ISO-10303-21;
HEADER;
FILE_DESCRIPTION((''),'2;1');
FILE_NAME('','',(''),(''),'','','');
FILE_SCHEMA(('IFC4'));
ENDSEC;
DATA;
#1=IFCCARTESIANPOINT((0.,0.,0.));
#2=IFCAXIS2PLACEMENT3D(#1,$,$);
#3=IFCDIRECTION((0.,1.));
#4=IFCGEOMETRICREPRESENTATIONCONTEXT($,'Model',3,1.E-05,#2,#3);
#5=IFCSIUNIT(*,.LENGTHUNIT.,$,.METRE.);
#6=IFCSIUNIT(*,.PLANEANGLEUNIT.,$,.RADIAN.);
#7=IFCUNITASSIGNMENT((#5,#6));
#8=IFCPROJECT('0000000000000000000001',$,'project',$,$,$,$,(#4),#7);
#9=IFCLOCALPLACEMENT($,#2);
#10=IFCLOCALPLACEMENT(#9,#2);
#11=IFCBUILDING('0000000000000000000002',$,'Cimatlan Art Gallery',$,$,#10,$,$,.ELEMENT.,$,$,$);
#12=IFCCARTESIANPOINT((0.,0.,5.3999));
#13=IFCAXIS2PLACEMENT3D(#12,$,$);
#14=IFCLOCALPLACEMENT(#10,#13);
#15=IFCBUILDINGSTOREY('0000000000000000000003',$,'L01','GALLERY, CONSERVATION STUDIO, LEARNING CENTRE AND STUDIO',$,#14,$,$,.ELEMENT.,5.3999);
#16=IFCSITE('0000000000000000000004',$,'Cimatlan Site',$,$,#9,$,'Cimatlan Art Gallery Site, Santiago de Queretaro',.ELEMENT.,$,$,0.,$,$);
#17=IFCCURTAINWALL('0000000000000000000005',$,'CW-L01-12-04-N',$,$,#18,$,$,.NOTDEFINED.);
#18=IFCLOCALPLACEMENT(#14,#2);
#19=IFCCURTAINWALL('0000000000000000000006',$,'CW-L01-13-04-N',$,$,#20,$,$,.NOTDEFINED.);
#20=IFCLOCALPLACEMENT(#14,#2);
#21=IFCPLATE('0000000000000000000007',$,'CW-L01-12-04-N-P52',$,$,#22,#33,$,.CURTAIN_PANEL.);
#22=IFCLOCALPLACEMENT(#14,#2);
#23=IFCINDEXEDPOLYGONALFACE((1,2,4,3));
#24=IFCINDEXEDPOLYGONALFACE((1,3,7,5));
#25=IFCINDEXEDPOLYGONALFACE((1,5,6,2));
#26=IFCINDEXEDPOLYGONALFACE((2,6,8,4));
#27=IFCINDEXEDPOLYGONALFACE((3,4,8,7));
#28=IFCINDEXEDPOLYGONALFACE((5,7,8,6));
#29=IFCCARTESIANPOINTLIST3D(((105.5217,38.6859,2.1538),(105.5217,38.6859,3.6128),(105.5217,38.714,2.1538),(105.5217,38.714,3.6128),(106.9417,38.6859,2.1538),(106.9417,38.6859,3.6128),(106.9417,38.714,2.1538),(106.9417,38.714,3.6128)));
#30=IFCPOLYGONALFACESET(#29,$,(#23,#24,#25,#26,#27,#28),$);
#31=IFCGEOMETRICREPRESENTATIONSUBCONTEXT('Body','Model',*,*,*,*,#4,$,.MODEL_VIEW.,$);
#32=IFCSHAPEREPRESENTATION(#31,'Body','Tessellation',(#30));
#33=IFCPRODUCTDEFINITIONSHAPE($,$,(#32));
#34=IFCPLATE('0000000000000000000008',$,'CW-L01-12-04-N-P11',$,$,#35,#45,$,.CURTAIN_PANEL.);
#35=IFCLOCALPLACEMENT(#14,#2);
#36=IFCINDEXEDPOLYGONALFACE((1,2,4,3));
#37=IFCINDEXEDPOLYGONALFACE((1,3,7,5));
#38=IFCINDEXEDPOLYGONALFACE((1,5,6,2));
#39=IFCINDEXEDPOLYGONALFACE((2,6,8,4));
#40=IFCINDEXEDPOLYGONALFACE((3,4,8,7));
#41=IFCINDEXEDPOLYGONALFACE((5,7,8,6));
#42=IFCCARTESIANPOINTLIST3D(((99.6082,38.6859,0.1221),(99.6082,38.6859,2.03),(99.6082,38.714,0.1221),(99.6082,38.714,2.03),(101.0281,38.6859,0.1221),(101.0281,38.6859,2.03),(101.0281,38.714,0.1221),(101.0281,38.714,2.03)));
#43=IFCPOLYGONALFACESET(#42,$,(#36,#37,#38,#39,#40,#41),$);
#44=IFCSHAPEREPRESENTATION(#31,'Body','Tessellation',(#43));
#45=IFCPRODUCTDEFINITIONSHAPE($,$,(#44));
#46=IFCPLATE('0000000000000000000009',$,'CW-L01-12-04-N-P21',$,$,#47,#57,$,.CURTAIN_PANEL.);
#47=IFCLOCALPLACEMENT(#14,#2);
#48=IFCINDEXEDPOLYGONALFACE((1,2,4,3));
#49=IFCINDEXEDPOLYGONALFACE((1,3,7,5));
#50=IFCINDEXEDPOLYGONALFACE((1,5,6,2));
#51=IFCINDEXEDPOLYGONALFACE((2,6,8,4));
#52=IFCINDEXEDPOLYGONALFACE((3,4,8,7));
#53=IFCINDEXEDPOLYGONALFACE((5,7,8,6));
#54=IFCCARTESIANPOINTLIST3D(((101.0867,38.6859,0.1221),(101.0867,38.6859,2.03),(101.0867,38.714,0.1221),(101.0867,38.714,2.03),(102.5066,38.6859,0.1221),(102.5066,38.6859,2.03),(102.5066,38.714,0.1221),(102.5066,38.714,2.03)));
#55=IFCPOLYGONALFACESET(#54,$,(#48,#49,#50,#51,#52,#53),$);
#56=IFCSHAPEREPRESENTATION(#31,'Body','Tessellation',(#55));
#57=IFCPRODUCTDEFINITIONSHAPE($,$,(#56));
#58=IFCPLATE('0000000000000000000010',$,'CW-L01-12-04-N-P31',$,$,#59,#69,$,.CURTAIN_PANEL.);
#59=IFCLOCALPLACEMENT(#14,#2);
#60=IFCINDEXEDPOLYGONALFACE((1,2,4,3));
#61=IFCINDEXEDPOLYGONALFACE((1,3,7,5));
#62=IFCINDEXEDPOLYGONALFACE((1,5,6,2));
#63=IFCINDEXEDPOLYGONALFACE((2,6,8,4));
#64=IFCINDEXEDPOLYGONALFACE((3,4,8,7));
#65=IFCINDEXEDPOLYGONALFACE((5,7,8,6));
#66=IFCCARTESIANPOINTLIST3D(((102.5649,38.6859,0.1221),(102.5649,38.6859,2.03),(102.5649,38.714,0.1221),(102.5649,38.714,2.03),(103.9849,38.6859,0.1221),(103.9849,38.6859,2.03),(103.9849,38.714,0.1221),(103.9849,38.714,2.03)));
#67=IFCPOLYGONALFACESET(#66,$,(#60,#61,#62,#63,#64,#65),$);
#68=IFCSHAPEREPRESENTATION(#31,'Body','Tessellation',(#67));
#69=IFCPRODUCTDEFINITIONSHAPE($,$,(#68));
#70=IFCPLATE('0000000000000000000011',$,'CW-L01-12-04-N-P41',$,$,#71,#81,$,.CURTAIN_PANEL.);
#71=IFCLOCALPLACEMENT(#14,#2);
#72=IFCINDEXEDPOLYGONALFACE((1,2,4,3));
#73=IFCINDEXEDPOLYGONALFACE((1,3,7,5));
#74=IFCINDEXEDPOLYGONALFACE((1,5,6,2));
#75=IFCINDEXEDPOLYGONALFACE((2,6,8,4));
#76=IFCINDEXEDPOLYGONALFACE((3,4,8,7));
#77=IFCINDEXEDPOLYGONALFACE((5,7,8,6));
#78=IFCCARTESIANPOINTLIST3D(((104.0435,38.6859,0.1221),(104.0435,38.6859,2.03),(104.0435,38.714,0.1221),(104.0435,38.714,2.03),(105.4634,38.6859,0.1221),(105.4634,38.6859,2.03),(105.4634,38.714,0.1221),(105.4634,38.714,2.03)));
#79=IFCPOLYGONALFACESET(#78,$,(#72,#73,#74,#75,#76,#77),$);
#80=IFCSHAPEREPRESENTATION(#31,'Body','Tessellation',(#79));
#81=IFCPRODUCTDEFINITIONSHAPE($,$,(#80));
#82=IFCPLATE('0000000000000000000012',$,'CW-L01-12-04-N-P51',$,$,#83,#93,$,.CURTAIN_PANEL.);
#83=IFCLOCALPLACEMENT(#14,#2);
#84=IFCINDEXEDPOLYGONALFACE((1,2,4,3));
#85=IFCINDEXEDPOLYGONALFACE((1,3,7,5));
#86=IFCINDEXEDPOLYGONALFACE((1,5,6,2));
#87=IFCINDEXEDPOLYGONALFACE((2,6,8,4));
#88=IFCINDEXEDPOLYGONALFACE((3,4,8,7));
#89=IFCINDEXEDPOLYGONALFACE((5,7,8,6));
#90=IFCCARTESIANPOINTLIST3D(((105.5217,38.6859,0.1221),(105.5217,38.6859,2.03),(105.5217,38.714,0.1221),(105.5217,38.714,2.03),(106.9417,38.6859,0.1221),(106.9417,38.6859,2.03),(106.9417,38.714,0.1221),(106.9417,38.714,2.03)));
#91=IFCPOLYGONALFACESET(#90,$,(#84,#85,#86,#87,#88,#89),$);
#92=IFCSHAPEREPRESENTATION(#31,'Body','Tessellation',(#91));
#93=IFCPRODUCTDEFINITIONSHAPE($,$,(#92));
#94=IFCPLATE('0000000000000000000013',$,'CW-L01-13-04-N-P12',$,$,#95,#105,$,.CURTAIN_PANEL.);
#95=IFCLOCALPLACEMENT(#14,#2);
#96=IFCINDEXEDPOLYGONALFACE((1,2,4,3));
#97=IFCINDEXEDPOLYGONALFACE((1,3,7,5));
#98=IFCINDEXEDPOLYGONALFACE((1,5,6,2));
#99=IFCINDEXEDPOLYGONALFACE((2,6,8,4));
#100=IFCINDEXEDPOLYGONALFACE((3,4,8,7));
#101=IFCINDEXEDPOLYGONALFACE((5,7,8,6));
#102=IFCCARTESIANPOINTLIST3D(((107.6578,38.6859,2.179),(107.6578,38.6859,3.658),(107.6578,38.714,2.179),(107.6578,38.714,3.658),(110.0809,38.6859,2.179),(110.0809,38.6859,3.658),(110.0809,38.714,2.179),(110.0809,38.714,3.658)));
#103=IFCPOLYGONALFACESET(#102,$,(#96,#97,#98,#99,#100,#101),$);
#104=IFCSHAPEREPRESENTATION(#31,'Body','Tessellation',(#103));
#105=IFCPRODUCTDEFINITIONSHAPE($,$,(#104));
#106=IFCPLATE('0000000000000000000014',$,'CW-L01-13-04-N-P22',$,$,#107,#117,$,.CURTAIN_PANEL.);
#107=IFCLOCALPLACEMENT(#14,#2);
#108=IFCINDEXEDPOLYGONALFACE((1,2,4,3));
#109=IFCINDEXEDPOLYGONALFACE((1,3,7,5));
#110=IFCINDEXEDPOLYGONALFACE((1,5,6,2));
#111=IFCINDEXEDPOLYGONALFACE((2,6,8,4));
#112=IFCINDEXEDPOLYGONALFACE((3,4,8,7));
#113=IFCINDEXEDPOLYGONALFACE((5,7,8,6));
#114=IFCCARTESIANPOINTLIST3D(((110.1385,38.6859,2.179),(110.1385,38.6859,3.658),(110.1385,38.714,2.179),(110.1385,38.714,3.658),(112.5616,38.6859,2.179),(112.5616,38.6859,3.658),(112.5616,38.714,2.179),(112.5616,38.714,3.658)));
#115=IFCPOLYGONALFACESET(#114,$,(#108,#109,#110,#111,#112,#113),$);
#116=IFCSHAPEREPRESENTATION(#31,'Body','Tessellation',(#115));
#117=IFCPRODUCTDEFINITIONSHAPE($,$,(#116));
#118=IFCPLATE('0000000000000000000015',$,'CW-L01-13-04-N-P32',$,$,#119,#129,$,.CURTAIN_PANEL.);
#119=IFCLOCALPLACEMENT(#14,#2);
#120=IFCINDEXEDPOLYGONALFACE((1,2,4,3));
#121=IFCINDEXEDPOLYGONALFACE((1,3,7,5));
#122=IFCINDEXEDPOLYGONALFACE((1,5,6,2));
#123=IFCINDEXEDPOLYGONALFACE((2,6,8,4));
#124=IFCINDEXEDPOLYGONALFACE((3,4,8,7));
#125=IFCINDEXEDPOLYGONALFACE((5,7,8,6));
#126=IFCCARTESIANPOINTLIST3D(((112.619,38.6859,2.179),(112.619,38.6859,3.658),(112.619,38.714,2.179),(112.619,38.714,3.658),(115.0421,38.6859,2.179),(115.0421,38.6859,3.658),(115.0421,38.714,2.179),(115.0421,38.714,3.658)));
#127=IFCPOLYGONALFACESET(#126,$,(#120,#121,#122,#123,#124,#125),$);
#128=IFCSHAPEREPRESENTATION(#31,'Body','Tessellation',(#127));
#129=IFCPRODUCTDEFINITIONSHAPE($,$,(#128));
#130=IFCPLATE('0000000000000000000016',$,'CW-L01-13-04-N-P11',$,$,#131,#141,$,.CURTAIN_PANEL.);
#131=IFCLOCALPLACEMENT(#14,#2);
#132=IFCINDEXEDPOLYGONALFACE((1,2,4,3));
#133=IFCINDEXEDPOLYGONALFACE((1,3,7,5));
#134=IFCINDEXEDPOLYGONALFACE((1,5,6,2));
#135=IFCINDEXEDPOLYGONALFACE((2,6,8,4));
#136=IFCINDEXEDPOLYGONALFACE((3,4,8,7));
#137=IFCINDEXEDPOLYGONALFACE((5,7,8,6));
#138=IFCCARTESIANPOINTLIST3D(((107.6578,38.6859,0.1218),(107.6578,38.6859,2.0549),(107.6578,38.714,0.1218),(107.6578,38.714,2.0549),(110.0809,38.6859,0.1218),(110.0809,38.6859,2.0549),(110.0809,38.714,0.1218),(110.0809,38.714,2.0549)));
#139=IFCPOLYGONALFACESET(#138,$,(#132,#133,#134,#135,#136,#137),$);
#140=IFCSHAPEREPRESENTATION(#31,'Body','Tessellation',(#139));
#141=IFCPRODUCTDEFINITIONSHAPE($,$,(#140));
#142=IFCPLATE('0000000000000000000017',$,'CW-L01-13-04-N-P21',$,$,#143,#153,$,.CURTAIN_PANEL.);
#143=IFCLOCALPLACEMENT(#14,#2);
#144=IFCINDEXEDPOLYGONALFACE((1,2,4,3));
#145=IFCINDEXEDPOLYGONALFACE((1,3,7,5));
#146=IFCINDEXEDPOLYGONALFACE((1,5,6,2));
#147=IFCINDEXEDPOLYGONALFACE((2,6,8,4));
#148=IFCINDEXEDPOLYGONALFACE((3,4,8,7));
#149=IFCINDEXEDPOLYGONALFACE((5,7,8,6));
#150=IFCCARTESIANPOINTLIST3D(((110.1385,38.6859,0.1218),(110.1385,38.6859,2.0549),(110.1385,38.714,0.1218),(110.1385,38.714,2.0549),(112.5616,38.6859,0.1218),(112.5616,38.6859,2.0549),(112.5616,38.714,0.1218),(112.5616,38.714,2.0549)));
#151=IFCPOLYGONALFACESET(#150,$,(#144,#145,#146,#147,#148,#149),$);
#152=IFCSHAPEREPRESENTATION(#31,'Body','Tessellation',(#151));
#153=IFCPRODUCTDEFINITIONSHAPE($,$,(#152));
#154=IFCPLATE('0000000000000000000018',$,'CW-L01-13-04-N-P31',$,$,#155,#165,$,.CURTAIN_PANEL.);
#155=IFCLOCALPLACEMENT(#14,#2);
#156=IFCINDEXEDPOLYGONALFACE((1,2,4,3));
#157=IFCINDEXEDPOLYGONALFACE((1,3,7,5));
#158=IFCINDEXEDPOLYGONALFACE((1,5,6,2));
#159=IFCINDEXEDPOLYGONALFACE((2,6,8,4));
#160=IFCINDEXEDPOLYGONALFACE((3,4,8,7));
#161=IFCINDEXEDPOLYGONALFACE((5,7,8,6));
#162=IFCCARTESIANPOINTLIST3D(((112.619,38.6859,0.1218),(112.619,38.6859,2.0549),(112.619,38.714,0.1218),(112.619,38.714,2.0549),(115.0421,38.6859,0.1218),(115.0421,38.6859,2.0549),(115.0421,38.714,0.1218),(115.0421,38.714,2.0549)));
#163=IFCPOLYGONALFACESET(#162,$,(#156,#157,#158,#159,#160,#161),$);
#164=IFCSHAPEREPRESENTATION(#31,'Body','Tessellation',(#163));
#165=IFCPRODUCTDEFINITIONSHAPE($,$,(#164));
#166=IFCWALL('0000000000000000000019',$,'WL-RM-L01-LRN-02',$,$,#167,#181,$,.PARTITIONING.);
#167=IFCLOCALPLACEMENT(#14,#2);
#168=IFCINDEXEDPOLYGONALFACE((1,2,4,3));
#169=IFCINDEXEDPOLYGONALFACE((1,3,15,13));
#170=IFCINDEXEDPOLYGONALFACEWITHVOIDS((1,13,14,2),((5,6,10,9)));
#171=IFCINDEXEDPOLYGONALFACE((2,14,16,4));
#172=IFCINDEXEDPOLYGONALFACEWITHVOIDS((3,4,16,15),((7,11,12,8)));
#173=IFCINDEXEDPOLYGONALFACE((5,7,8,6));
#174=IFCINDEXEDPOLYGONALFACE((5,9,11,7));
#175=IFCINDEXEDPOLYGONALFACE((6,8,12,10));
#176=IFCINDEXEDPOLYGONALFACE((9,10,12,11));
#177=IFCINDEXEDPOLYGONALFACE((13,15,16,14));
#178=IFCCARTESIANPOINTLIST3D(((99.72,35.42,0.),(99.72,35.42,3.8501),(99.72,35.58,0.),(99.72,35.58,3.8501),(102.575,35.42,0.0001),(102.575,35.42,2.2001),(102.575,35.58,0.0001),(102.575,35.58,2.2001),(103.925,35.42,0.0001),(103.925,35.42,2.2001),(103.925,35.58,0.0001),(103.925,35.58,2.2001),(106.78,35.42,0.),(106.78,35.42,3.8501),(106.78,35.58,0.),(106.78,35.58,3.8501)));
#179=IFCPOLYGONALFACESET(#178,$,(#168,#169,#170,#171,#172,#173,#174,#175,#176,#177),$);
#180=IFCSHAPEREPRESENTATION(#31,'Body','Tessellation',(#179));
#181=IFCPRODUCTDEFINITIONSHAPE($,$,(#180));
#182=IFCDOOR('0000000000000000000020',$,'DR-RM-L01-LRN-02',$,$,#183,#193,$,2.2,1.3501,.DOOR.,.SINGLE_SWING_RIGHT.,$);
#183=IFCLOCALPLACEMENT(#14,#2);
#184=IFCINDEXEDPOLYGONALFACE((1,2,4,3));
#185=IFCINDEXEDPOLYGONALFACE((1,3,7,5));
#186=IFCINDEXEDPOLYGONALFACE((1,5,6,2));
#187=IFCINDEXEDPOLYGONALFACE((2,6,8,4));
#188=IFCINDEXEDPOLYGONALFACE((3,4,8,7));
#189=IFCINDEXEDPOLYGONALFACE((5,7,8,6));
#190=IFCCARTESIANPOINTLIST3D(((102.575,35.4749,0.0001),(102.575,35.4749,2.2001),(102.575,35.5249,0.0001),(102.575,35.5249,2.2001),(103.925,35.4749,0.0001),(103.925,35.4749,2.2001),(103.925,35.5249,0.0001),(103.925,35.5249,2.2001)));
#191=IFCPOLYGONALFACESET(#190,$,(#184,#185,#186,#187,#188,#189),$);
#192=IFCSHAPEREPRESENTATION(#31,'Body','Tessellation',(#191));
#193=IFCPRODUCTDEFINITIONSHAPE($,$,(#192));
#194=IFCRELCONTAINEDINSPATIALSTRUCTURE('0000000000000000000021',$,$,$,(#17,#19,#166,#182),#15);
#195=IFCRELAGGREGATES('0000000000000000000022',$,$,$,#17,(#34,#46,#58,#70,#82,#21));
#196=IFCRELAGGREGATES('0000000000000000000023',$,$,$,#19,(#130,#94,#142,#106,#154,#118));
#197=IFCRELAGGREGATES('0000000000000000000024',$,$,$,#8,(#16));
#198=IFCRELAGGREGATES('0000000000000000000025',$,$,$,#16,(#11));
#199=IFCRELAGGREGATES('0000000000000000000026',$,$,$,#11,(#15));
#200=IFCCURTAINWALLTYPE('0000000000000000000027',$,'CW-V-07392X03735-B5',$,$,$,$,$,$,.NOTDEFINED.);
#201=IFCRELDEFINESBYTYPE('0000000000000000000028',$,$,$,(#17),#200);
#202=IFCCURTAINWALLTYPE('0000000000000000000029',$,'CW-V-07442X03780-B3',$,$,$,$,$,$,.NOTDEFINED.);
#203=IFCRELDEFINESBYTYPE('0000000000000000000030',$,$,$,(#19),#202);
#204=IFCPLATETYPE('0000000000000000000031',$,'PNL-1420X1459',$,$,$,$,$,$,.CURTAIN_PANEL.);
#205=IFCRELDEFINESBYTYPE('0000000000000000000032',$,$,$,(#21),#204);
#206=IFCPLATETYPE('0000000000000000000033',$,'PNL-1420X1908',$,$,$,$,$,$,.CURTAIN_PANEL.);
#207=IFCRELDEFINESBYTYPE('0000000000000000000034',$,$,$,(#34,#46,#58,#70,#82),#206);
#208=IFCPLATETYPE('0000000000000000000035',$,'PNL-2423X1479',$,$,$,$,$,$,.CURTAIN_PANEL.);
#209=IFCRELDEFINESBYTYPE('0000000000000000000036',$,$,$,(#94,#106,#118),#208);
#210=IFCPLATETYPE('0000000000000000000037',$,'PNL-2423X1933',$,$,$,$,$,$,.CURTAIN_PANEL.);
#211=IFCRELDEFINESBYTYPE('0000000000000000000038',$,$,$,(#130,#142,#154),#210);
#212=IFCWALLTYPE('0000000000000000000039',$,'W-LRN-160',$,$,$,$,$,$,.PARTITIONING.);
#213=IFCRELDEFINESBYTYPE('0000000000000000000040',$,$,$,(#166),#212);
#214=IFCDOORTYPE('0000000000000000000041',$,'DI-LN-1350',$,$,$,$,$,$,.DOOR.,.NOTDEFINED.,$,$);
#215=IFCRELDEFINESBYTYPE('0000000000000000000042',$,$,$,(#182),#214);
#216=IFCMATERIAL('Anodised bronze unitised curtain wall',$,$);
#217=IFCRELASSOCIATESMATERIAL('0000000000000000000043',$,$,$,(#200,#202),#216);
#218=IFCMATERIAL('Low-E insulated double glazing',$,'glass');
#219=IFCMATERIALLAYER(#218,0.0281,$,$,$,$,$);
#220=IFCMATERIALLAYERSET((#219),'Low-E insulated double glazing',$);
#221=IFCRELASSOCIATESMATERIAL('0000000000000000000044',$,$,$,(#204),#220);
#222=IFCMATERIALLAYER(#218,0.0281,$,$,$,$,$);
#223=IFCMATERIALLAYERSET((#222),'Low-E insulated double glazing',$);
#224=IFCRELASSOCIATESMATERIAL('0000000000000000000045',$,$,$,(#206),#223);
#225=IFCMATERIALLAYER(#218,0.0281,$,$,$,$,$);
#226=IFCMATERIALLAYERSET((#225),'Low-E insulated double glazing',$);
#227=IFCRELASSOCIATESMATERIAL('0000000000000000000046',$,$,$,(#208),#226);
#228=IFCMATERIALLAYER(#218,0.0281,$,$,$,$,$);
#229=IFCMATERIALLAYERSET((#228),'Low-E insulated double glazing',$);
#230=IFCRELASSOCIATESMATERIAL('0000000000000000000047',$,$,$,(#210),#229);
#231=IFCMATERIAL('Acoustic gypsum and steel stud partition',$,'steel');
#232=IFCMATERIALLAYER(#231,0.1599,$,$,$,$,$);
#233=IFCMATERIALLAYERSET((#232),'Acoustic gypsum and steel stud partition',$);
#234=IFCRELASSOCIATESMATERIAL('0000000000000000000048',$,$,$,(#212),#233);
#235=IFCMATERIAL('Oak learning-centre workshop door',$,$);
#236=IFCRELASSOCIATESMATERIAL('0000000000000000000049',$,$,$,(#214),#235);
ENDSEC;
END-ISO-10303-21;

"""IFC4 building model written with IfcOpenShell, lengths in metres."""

from ifc_helpers import new_model, si_unit, direction, frame, frame_2d, origin, origin_2d, place, context, subcontext, project, spatial, rectangle, extrude, material, layer, layer_set, type_object, element, fill, aggregate, save


model = new_model("IFC4")

# Units and contexts
model_context = context("Model", 3, precision=1e-05, world=origin(), true_north=direction((0.0, 1.0)))
body_context = subcontext(model_context, "Body", "Model", "MODEL_VIEW")
ifc_project = project(units=[si_unit("LENGTHUNIT", "METRE"), si_unit("PLANEANGLEUNIT", "RADIAN")], contexts=[model_context])

# Site, building, storey
site_placement = place(None, origin())
site = spatial("IfcSite", under=ifc_project, at=site_placement, Name="Cimatlan Site", LongName="Cimatlan Art Gallery Site, Santiago de Queretaro", CompositionType="ELEMENT", RefElevation=0.0)
building_placement = place(site_placement, origin())
building = spatial("IfcBuilding", under=site, at=building_placement, Name="Cimatlan Art Gallery", CompositionType="ELEMENT")
storey_placement = place(building_placement, frame((0.0, 0.0, 5.3999)))
storey = spatial("IfcBuildingStorey", under=building, at=storey_placement, Name="L01", Description="GALLERY, CONSERVATION STUDIO, LEARNING CENTRE AND STUDIO", CompositionType="ELEMENT", Elevation=5.3999)

# Curtain walls
ifc_material_1 = material(Name="Anodised bronze unitised curtain wall")
curtain_wall_type_1 = type_object("IfcCurtainWallType", Name="CW-V-07392X03735-B5", PredefinedType="NOTDEFINED", material=ifc_material_1)
curtain_wall_1_placement = place(storey_placement, origin())
curtain_wall_1 = element("IfcCurtainWall", 1, at=curtain_wall_1_placement, inside=storey, type_object=curtain_wall_type_1, Name="CW-L01-12-04-N", PredefinedType="NOTDEFINED")
curtain_wall_type_2 = type_object("IfcCurtainWallType", Name="CW-V-07442X03780-B3", PredefinedType="NOTDEFINED", material=ifc_material_1)
curtain_wall_2_placement = place(storey_placement, origin())
curtain_wall_2 = element("IfcCurtainWall", 2, at=curtain_wall_2_placement, inside=storey, type_object=curtain_wall_type_2, Name="CW-L01-13-04-N", PredefinedType="NOTDEFINED")

# Plates
ifc_material_2 = material(Name="Low-E insulated double glazing", Category="glass")
ifc_layer_1 = layer(ifc_material_2, 0.0281)
ifc_layer_set_1 = layer_set([ifc_layer_1], Name="Low-E insulated double glazing")
plate_type_1 = type_object("IfcPlateType", Name="PNL-1420X1459", PredefinedType="CURTAIN_PANEL", material=ifc_layer_set_1)
plate_1_placement = place(storey_placement, frame((106.2317, 38.7, 2.1538), z_axis=(0.0, 0.0, 1.0), x_axis=(1.0, 0.0, 0.0)))
plate_1 = element("IfcPlate", 3, at=plate_1_placement, type_object=plate_type_1, Name="CW-L01-12-04-N-P52", PredefinedType="CURTAIN_PANEL", context=body_context, shape_type="SweptSolid", body=[
    extrude(rectangle(XDim=1.4199, YDim=0.0281, at=origin_2d()), origin(), (0.0, 0.0, 1.0), 1.459),
])
ifc_layer_2 = layer(ifc_material_2, 0.0281)
ifc_layer_set_2 = layer_set([ifc_layer_2], Name="Low-E insulated double glazing")
plate_type_2 = type_object("IfcPlateType", Name="PNL-1420X1908", PredefinedType="CURTAIN_PANEL", material=ifc_layer_set_2)
plate_2_placement = place(storey_placement, frame((100.3181, 38.7, 0.1221), z_axis=(0.0, 0.0, 1.0), x_axis=(1.0, 0.0, 0.0)))
plate_2 = element("IfcPlate", 4, at=plate_2_placement, type_object=plate_type_2, Name="CW-L01-12-04-N-P11", PredefinedType="CURTAIN_PANEL", context=body_context, shape_type="SweptSolid", body=[
    extrude(rectangle(XDim=1.4199, YDim=0.0281, at=origin_2d()), origin(), (0.0, 0.0, 1.0), 1.908),
])
plate_3_placement = place(storey_placement, frame((101.7966, 38.7, 0.1221), z_axis=(0.0, 0.0, 1.0), x_axis=(1.0, 0.0, 0.0)))
plate_3 = element("IfcPlate", 5, at=plate_3_placement, type_object=plate_type_2, Name="CW-L01-12-04-N-P21", PredefinedType="CURTAIN_PANEL", context=body_context, shape_type="SweptSolid", body=[
    extrude(rectangle(XDim=1.4199, YDim=0.0281, at=origin_2d()), origin(), (0.0, 0.0, 1.0), 1.908),
])
plate_4_placement = place(storey_placement, frame((103.2749, 38.7, 0.1221), z_axis=(0.0, 0.0, 1.0), x_axis=(1.0, 0.0, 0.0)))
plate_4 = element("IfcPlate", 6, at=plate_4_placement, type_object=plate_type_2, Name="CW-L01-12-04-N-P31", PredefinedType="CURTAIN_PANEL", context=body_context, shape_type="SweptSolid", body=[
    extrude(rectangle(XDim=1.4199, YDim=0.0281, at=origin_2d()), origin(), (0.0, 0.0, 1.0), 1.908),
])
plate_5_placement = place(storey_placement, frame((104.7534, 38.7, 0.1221), z_axis=(0.0, 0.0, 1.0), x_axis=(1.0, 0.0, 0.0)))
plate_5 = element("IfcPlate", 7, at=plate_5_placement, type_object=plate_type_2, Name="CW-L01-12-04-N-P41", PredefinedType="CURTAIN_PANEL", context=body_context, shape_type="SweptSolid", body=[
    extrude(rectangle(XDim=1.4199, YDim=0.0281, at=origin_2d()), origin(), (0.0, 0.0, 1.0), 1.908),
])
plate_6_placement = place(storey_placement, frame((106.2317, 38.7, 0.1221), z_axis=(0.0, 0.0, 1.0), x_axis=(1.0, 0.0, 0.0)))
plate_6 = element("IfcPlate", 8, at=plate_6_placement, type_object=plate_type_2, Name="CW-L01-12-04-N-P51", PredefinedType="CURTAIN_PANEL", context=body_context, shape_type="SweptSolid", body=[
    extrude(rectangle(XDim=1.4199, YDim=0.0281, at=origin_2d()), origin(), (0.0, 0.0, 1.0), 1.908),
])
aggregate(curtain_wall_1, [plate_2, plate_3, plate_4, plate_5, plate_6, plate_1])
ifc_layer_3 = layer(ifc_material_2, 0.0281)
ifc_layer_set_3 = layer_set([ifc_layer_3], Name="Low-E insulated double glazing")
plate_type_3 = type_object("IfcPlateType", Name="PNL-2423X1479", PredefinedType="CURTAIN_PANEL", material=ifc_layer_set_3)
plate_7_placement = place(storey_placement, frame((108.8694, 38.7, 2.179), z_axis=(0.0, 0.0, 1.0), x_axis=(1.0, 0.0, 0.0)))
plate_7 = element("IfcPlate", 9, at=plate_7_placement, type_object=plate_type_3, Name="CW-L01-13-04-N-P12", PredefinedType="CURTAIN_PANEL", context=body_context, shape_type="SweptSolid", body=[
    extrude(rectangle(XDim=2.4231, YDim=0.0281, at=origin_2d()), origin(), (0.0, 0.0, 1.0), 1.479),
])
plate_8_placement = place(storey_placement, frame((111.3501, 38.7, 2.179), z_axis=(0.0, 0.0, 1.0), x_axis=(1.0, 0.0, 0.0)))
plate_8 = element("IfcPlate", 10, at=plate_8_placement, type_object=plate_type_3, Name="CW-L01-13-04-N-P22", PredefinedType="CURTAIN_PANEL", context=body_context, shape_type="SweptSolid", body=[
    extrude(rectangle(XDim=2.4231, YDim=0.0281, at=origin_2d()), origin(), (0.0, 0.0, 1.0), 1.479),
])
plate_9_placement = place(storey_placement, frame((113.8306, 38.7, 2.179), z_axis=(0.0, 0.0, 1.0), x_axis=(1.0, 0.0, 0.0)))
plate_9 = element("IfcPlate", 11, at=plate_9_placement, type_object=plate_type_3, Name="CW-L01-13-04-N-P32", PredefinedType="CURTAIN_PANEL", context=body_context, shape_type="SweptSolid", body=[
    extrude(rectangle(XDim=2.4231, YDim=0.0281, at=origin_2d()), origin(), (0.0, 0.0, 1.0), 1.479),
])
ifc_layer_4 = layer(ifc_material_2, 0.0281)
ifc_layer_set_4 = layer_set([ifc_layer_4], Name="Low-E insulated double glazing")
plate_type_4 = type_object("IfcPlateType", Name="PNL-2423X1933", PredefinedType="CURTAIN_PANEL", material=ifc_layer_set_4)
plate_10_placement = place(storey_placement, frame((108.8694, 38.7, 0.1218), z_axis=(0.0, 0.0, 1.0), x_axis=(1.0, 0.0, 0.0)))
plate_10 = element("IfcPlate", 12, at=plate_10_placement, type_object=plate_type_4, Name="CW-L01-13-04-N-P11", PredefinedType="CURTAIN_PANEL", context=body_context, shape_type="SweptSolid", body=[
    extrude(rectangle(XDim=2.4231, YDim=0.0281, at=origin_2d()), origin(), (0.0, 0.0, 1.0), 1.9331),
])
plate_11_placement = place(storey_placement, frame((111.3501, 38.7, 0.1218), z_axis=(0.0, 0.0, 1.0), x_axis=(1.0, 0.0, 0.0)))
plate_11 = element("IfcPlate", 13, at=plate_11_placement, type_object=plate_type_4, Name="CW-L01-13-04-N-P21", PredefinedType="CURTAIN_PANEL", context=body_context, shape_type="SweptSolid", body=[
    extrude(rectangle(XDim=2.4231, YDim=0.0281, at=origin_2d()), origin(), (0.0, 0.0, 1.0), 1.9331),
])
plate_12_placement = place(storey_placement, frame((113.8306, 38.7, 0.1218), z_axis=(0.0, 0.0, 1.0), x_axis=(1.0, 0.0, 0.0)))
plate_12 = element("IfcPlate", 14, at=plate_12_placement, type_object=plate_type_4, Name="CW-L01-13-04-N-P31", PredefinedType="CURTAIN_PANEL", context=body_context, shape_type="SweptSolid", body=[
    extrude(rectangle(XDim=2.4231, YDim=0.0281, at=origin_2d()), origin(), (0.0, 0.0, 1.0), 1.9331),
])
aggregate(curtain_wall_2, [plate_10, plate_7, plate_11, plate_8, plate_12, plate_9])

# Wall, opening, door
ifc_material_3 = material(Name="Acoustic gypsum and steel stud partition", Category="steel")
ifc_layer_5 = layer(ifc_material_3, 0.1599)
ifc_layer_set_5 = layer_set([ifc_layer_5], Name="Acoustic gypsum and steel stud partition")
wall_type = type_object("IfcWallType", Name="W-LRN-160", PredefinedType="PARTITIONING", material=ifc_layer_set_5)
wall_placement = place(storey_placement, frame((99.72, 35.5, 0.0), z_axis=(0.0, 0.0, 1.0), x_axis=(1.0, 0.0, 0.0)))
wall = element("IfcWall", 15, at=wall_placement, inside=storey, type_object=wall_type, Name="WL-RM-L01-LRN-02", PredefinedType="PARTITIONING", context=body_context, shape_type="SweptSolid", body=[
    extrude(rectangle(XDim=7.0601, YDim=0.1599, at=frame_2d((3.53, 0.0))), origin(), (0.0, 0.0, 1.0), 3.8501),
])
opening_placement = place(wall_placement, frame((2.855, 0.0, 0.0)))
opening = element("IfcOpeningElement", 16, at=opening_placement, cuts=wall, PredefinedType="OPENING", context=body_context, shape_type="SweptSolid", body=[
    extrude(rectangle(XDim=1.3501, YDim=2.2, at=frame_2d((0.675, 1.1001))), frame((0.0, 0.0898, 0.0), z_axis=(0.0, -1.0, 0.0), x_axis=(1.0, 0.0, 0.0)), (0.0, 0.0, 1.0), 0.1799),
])
ifc_material_4 = material(Name="Oak learning-centre workshop door")
door_type = type_object("IfcDoorType", Name="DI-LN-1350", OperationType="NOTDEFINED", PredefinedType="DOOR", material=ifc_material_4)
door_placement = place(opening_placement, origin())
door = element("IfcDoor", 17, at=door_placement, inside=storey, type_object=door_type, Name="DR-RM-L01-LRN-02", OperationType="SINGLE_SWING_RIGHT", OverallHeight=2.2, OverallWidth=1.3501, PredefinedType="DOOR", context=body_context, shape_type="SweptSolid", body=[
    extrude(rectangle(XDim=1.3501, YDim=2.2, at=frame_2d((0.675, 1.1001))), frame((0.0, 0.0249, 0.0), z_axis=(0.0, -1.0, 0.0), x_axis=(1.0, 0.0, 0.0)), (0.0, 0.0, 1.0), 0.05),
])
fill(opening, door)

save(model, "model.ifc")
